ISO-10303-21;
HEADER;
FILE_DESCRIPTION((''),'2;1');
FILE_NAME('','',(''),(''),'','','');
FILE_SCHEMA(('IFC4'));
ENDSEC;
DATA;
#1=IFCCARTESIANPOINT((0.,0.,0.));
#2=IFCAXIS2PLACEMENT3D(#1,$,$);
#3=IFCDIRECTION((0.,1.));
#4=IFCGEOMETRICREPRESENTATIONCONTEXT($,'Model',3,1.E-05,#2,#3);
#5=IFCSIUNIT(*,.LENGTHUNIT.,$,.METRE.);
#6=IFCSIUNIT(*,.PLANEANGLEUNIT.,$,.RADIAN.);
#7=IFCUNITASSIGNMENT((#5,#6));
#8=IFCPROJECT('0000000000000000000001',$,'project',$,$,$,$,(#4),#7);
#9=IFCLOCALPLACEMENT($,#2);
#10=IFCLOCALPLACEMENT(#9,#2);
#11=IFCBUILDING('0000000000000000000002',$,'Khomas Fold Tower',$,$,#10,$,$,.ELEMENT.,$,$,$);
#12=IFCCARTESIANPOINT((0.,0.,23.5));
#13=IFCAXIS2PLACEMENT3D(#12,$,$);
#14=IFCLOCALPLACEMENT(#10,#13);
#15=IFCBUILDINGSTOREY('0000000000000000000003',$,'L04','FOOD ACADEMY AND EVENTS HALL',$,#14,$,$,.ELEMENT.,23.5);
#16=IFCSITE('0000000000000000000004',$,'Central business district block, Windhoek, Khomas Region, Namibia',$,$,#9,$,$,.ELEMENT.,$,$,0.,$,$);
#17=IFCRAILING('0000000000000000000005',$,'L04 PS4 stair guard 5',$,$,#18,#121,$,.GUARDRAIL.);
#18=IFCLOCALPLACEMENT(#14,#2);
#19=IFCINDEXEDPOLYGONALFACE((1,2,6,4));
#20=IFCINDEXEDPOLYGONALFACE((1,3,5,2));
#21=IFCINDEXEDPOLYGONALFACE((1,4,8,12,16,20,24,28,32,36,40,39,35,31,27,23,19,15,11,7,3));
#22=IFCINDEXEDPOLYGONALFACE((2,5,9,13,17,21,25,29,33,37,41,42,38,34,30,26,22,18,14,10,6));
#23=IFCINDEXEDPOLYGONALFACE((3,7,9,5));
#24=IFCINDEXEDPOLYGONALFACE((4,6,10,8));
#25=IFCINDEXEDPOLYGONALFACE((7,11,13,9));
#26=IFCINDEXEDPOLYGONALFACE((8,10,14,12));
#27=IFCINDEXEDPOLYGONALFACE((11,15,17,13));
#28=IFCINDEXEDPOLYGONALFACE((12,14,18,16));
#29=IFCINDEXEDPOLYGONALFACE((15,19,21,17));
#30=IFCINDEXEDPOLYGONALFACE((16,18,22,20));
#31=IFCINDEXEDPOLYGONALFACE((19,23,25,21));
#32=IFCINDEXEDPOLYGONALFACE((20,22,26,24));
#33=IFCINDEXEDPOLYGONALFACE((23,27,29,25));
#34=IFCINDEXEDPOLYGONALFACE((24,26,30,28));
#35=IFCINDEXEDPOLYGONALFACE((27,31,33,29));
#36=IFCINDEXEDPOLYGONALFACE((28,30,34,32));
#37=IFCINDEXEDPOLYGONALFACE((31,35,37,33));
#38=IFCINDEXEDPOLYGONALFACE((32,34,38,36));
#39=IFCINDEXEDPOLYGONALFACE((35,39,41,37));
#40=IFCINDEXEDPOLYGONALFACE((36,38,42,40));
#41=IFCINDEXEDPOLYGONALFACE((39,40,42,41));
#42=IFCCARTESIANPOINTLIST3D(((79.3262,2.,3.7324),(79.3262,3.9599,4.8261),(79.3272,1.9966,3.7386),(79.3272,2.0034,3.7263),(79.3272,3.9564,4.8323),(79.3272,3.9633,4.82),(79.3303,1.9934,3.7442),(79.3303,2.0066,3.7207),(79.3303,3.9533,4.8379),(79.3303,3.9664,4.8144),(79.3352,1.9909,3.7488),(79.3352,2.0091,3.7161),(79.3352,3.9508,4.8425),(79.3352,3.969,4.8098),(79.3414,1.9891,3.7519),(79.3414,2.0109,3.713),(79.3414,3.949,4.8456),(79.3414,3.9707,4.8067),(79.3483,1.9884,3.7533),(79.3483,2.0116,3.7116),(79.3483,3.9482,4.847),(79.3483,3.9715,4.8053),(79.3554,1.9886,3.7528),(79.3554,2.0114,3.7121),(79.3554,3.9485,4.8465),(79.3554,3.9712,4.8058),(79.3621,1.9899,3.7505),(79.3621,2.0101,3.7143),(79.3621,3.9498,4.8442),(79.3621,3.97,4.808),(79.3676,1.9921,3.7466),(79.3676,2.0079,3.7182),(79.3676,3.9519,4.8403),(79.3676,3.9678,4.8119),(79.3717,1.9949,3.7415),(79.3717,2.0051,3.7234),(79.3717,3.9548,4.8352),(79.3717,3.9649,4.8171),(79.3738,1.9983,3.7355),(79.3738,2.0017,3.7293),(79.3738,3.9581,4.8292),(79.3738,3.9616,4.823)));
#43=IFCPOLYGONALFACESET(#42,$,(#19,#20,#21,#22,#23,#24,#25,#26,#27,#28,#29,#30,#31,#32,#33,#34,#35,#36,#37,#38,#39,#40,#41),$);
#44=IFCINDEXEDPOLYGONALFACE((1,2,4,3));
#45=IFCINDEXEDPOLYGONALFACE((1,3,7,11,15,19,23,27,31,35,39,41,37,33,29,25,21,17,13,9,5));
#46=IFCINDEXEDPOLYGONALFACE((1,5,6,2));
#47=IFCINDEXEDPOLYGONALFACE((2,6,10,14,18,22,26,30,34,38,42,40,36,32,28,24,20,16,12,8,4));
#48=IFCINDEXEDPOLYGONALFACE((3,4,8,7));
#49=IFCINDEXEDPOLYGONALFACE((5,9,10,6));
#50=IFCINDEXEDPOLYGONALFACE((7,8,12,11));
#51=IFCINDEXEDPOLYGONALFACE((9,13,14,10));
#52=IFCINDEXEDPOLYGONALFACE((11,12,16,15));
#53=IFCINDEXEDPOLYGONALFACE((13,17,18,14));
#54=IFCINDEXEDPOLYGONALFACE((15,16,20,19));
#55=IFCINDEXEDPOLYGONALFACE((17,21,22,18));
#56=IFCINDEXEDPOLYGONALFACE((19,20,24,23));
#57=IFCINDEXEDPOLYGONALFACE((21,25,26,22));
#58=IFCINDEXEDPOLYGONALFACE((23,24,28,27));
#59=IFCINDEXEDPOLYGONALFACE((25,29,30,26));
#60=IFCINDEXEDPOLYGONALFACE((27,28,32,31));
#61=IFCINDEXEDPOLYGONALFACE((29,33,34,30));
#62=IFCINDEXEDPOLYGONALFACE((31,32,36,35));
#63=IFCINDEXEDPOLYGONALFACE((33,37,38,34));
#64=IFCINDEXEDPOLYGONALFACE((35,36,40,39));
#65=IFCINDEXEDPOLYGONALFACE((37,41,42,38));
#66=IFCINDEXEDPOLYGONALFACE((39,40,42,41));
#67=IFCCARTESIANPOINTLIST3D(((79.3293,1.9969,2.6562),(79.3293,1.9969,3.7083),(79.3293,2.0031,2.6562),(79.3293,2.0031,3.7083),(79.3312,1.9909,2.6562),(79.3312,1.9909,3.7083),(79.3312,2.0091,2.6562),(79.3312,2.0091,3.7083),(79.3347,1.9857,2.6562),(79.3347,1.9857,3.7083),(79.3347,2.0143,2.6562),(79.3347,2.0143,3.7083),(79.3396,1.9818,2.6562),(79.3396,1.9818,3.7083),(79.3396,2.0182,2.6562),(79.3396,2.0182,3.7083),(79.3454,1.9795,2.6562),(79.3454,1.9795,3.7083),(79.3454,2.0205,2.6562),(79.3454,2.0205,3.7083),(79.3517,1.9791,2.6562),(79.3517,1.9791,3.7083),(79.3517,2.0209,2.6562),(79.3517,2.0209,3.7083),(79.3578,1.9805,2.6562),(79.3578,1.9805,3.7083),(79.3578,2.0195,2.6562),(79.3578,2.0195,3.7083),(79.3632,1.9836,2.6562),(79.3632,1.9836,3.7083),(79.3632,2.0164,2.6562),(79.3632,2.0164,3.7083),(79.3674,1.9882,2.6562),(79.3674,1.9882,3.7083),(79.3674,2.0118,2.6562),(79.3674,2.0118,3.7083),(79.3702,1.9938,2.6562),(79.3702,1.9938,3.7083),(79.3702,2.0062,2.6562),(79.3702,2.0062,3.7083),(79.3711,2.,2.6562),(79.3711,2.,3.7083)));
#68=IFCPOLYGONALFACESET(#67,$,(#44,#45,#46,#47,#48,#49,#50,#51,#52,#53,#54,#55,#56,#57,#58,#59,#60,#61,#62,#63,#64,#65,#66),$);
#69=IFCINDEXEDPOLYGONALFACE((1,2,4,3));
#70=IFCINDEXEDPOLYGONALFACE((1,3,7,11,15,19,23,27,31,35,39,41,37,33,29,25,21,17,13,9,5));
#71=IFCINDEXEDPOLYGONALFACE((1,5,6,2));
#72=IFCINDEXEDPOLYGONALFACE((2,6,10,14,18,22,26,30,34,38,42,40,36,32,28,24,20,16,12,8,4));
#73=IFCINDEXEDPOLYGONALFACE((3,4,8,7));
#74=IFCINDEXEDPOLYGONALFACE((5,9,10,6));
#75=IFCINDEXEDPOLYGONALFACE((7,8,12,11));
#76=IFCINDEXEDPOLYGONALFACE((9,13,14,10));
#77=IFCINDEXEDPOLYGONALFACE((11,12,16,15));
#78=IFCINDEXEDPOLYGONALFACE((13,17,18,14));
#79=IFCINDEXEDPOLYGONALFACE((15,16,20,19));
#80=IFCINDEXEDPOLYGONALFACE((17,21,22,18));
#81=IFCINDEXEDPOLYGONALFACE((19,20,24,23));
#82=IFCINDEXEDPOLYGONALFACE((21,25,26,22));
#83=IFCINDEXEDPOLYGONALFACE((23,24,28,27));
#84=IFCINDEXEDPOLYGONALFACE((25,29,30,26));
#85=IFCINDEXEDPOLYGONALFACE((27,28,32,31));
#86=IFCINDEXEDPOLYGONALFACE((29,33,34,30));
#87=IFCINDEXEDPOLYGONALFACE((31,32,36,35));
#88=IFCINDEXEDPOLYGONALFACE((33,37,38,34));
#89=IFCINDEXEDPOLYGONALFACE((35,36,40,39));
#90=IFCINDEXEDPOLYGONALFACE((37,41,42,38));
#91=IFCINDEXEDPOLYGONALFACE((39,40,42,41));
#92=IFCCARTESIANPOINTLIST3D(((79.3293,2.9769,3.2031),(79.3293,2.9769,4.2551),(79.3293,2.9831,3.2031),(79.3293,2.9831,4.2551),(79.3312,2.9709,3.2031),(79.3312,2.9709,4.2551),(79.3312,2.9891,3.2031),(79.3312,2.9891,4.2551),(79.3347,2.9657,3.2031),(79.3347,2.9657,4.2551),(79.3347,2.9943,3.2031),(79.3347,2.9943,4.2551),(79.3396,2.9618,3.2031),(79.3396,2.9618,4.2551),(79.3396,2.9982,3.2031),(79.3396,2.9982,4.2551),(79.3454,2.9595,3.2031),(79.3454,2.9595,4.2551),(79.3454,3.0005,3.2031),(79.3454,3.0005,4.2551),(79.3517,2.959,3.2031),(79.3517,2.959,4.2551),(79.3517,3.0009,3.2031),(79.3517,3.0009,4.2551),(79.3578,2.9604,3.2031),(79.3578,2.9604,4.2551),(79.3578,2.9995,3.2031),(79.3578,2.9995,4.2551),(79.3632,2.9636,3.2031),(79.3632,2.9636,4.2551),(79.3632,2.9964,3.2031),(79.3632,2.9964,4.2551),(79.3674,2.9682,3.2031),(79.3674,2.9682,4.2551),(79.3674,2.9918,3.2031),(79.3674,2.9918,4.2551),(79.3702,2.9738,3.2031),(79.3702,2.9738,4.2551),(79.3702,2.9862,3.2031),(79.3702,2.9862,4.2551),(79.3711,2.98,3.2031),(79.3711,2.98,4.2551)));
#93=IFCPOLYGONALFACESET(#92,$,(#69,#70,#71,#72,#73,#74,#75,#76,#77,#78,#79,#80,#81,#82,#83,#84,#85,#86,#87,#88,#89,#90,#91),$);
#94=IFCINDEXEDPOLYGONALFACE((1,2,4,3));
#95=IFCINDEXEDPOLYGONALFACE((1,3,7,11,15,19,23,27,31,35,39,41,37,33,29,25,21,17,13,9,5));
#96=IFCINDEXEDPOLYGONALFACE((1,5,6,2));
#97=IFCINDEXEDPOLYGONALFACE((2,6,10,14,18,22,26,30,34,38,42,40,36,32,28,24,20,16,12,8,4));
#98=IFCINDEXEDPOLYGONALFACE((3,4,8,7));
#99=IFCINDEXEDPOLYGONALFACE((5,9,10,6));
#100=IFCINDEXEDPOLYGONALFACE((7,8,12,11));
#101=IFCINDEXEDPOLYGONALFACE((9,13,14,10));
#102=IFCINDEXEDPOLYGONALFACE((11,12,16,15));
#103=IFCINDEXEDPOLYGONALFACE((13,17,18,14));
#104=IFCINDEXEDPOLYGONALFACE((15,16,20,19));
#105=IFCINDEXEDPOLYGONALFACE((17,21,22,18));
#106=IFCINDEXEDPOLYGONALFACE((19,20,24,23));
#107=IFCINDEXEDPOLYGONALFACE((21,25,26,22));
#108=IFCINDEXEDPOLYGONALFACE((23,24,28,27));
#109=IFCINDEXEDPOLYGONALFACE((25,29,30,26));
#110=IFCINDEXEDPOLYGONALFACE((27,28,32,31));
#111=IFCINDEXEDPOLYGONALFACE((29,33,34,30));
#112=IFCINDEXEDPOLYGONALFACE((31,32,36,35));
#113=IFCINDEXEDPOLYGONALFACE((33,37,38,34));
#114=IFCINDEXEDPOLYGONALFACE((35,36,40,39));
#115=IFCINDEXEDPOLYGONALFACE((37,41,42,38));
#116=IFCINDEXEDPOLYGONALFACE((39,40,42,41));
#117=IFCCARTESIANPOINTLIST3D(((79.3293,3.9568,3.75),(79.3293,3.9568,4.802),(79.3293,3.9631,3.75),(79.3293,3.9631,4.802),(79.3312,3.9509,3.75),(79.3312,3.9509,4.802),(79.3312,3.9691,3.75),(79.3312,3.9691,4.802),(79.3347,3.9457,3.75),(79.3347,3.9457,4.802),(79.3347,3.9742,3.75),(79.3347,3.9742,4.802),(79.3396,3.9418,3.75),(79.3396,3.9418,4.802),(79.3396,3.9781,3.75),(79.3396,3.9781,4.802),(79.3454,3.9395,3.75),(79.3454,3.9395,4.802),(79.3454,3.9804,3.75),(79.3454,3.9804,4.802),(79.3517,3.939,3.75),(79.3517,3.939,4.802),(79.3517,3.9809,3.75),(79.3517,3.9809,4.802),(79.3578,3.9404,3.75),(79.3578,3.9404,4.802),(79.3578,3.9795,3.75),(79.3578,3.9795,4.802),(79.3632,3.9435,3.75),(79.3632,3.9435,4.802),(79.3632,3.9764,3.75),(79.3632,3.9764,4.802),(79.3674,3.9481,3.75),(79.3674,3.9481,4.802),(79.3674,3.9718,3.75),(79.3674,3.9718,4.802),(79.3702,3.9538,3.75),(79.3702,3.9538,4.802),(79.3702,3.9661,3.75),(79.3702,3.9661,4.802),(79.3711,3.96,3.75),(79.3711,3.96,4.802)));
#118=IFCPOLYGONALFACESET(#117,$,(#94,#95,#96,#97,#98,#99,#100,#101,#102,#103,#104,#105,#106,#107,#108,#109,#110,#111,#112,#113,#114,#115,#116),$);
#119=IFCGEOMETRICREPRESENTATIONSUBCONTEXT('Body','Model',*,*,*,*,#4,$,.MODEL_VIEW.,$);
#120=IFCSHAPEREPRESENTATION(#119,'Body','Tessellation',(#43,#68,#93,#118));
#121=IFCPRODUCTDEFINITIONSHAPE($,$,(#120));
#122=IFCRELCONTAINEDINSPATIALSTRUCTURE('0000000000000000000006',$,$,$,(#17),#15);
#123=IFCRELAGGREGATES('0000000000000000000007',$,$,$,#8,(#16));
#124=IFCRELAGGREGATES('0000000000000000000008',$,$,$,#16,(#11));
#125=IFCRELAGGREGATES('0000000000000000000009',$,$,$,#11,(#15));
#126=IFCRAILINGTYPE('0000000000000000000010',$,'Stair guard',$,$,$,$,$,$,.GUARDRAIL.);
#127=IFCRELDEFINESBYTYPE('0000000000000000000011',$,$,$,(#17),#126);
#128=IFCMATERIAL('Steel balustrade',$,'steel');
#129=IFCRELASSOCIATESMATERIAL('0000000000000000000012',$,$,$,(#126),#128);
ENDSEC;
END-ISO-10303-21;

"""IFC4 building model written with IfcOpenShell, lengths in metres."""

from ifc_helpers import new_model, si_unit, direction, frame, origin, origin_2d, place, context, subcontext, project, spatial, circle, extrude, source, transform, mapped, material, type_object, element, save


model = new_model("IFC4")

# Units and contexts
model_context = context("Model", 3, precision=1e-05, world=origin(), true_north=direction((0.0, 1.0)))
body_context = subcontext(model_context, "Body", "Model", "MODEL_VIEW")
ifc_project = project(units=[si_unit("LENGTHUNIT", "METRE"), si_unit("PLANEANGLEUNIT", "RADIAN")], contexts=[model_context])

# Site, building, storey
site_placement = place(None, origin())
site = spatial("IfcSite", under=ifc_project, at=site_placement, Name="Central business district block, Windhoek, Khomas Region, Namibia", CompositionType="ELEMENT", RefElevation=0.0)
building_placement = place(site_placement, origin())
building = spatial("IfcBuilding", under=site, at=building_placement, Name="Khomas Fold Tower", CompositionType="ELEMENT")
storey_placement = place(building_placement, frame((0.0, 0.0, 23.5)))
storey = spatial("IfcBuildingStorey", under=building, at=storey_placement, Name="L04", Description="FOOD ACADEMY AND EVENTS HALL", CompositionType="ELEMENT", Elevation=23.5)

# Railing
ifc_material_1 = material(Name="Steel balustrade", Category="steel")
railing_type_1 = type_object("IfcRailingType", Name="Stair guard", PredefinedType="GUARDRAIL", material=ifc_material_1)
shared_shape_1 = source(origin(), body_context, "Body", "SweptSolid", [
    extrude(circle(Radius=0.0239, at=origin_2d()), frame((0.0, 0.0, 1.0762), z_axis=(0.0, 0.873232, 0.487304), x_axis=(-1.0, 0.0, 0.0)), (0.0, 0.0, 1.0), 2.2444),
    extrude(circle(Radius=0.021, at=origin_2d()), origin(), (0.0, 0.0, 1.0), 1.052),
    extrude(circle(Radius=0.021, at=origin_2d()), frame((0.0, 0.98, 0.5469)), (0.0, 0.0, 1.0), 1.052),
    extrude(circle(Radius=0.021, at=origin_2d()), frame((0.0, 1.96, 1.0938)), (0.0, 0.0, 1.0), 1.052),
])
for number, where, name in (
    (1, (79.3501, 2.0, 2.6562), "L04 PS4 stair guard 5"),
):
    element("IfcRailing", number, at=place(storey_placement, frame(where)), inside=storey, type_object=railing_type_1, Name=name, PredefinedType="GUARDRAIL", context=body_context, shape_type="MappedRepresentation", body=[
        mapped(shared_shape_1, transform((0.0, 0.0, 0.0))),
    ])

save(model, "model.ifc")
